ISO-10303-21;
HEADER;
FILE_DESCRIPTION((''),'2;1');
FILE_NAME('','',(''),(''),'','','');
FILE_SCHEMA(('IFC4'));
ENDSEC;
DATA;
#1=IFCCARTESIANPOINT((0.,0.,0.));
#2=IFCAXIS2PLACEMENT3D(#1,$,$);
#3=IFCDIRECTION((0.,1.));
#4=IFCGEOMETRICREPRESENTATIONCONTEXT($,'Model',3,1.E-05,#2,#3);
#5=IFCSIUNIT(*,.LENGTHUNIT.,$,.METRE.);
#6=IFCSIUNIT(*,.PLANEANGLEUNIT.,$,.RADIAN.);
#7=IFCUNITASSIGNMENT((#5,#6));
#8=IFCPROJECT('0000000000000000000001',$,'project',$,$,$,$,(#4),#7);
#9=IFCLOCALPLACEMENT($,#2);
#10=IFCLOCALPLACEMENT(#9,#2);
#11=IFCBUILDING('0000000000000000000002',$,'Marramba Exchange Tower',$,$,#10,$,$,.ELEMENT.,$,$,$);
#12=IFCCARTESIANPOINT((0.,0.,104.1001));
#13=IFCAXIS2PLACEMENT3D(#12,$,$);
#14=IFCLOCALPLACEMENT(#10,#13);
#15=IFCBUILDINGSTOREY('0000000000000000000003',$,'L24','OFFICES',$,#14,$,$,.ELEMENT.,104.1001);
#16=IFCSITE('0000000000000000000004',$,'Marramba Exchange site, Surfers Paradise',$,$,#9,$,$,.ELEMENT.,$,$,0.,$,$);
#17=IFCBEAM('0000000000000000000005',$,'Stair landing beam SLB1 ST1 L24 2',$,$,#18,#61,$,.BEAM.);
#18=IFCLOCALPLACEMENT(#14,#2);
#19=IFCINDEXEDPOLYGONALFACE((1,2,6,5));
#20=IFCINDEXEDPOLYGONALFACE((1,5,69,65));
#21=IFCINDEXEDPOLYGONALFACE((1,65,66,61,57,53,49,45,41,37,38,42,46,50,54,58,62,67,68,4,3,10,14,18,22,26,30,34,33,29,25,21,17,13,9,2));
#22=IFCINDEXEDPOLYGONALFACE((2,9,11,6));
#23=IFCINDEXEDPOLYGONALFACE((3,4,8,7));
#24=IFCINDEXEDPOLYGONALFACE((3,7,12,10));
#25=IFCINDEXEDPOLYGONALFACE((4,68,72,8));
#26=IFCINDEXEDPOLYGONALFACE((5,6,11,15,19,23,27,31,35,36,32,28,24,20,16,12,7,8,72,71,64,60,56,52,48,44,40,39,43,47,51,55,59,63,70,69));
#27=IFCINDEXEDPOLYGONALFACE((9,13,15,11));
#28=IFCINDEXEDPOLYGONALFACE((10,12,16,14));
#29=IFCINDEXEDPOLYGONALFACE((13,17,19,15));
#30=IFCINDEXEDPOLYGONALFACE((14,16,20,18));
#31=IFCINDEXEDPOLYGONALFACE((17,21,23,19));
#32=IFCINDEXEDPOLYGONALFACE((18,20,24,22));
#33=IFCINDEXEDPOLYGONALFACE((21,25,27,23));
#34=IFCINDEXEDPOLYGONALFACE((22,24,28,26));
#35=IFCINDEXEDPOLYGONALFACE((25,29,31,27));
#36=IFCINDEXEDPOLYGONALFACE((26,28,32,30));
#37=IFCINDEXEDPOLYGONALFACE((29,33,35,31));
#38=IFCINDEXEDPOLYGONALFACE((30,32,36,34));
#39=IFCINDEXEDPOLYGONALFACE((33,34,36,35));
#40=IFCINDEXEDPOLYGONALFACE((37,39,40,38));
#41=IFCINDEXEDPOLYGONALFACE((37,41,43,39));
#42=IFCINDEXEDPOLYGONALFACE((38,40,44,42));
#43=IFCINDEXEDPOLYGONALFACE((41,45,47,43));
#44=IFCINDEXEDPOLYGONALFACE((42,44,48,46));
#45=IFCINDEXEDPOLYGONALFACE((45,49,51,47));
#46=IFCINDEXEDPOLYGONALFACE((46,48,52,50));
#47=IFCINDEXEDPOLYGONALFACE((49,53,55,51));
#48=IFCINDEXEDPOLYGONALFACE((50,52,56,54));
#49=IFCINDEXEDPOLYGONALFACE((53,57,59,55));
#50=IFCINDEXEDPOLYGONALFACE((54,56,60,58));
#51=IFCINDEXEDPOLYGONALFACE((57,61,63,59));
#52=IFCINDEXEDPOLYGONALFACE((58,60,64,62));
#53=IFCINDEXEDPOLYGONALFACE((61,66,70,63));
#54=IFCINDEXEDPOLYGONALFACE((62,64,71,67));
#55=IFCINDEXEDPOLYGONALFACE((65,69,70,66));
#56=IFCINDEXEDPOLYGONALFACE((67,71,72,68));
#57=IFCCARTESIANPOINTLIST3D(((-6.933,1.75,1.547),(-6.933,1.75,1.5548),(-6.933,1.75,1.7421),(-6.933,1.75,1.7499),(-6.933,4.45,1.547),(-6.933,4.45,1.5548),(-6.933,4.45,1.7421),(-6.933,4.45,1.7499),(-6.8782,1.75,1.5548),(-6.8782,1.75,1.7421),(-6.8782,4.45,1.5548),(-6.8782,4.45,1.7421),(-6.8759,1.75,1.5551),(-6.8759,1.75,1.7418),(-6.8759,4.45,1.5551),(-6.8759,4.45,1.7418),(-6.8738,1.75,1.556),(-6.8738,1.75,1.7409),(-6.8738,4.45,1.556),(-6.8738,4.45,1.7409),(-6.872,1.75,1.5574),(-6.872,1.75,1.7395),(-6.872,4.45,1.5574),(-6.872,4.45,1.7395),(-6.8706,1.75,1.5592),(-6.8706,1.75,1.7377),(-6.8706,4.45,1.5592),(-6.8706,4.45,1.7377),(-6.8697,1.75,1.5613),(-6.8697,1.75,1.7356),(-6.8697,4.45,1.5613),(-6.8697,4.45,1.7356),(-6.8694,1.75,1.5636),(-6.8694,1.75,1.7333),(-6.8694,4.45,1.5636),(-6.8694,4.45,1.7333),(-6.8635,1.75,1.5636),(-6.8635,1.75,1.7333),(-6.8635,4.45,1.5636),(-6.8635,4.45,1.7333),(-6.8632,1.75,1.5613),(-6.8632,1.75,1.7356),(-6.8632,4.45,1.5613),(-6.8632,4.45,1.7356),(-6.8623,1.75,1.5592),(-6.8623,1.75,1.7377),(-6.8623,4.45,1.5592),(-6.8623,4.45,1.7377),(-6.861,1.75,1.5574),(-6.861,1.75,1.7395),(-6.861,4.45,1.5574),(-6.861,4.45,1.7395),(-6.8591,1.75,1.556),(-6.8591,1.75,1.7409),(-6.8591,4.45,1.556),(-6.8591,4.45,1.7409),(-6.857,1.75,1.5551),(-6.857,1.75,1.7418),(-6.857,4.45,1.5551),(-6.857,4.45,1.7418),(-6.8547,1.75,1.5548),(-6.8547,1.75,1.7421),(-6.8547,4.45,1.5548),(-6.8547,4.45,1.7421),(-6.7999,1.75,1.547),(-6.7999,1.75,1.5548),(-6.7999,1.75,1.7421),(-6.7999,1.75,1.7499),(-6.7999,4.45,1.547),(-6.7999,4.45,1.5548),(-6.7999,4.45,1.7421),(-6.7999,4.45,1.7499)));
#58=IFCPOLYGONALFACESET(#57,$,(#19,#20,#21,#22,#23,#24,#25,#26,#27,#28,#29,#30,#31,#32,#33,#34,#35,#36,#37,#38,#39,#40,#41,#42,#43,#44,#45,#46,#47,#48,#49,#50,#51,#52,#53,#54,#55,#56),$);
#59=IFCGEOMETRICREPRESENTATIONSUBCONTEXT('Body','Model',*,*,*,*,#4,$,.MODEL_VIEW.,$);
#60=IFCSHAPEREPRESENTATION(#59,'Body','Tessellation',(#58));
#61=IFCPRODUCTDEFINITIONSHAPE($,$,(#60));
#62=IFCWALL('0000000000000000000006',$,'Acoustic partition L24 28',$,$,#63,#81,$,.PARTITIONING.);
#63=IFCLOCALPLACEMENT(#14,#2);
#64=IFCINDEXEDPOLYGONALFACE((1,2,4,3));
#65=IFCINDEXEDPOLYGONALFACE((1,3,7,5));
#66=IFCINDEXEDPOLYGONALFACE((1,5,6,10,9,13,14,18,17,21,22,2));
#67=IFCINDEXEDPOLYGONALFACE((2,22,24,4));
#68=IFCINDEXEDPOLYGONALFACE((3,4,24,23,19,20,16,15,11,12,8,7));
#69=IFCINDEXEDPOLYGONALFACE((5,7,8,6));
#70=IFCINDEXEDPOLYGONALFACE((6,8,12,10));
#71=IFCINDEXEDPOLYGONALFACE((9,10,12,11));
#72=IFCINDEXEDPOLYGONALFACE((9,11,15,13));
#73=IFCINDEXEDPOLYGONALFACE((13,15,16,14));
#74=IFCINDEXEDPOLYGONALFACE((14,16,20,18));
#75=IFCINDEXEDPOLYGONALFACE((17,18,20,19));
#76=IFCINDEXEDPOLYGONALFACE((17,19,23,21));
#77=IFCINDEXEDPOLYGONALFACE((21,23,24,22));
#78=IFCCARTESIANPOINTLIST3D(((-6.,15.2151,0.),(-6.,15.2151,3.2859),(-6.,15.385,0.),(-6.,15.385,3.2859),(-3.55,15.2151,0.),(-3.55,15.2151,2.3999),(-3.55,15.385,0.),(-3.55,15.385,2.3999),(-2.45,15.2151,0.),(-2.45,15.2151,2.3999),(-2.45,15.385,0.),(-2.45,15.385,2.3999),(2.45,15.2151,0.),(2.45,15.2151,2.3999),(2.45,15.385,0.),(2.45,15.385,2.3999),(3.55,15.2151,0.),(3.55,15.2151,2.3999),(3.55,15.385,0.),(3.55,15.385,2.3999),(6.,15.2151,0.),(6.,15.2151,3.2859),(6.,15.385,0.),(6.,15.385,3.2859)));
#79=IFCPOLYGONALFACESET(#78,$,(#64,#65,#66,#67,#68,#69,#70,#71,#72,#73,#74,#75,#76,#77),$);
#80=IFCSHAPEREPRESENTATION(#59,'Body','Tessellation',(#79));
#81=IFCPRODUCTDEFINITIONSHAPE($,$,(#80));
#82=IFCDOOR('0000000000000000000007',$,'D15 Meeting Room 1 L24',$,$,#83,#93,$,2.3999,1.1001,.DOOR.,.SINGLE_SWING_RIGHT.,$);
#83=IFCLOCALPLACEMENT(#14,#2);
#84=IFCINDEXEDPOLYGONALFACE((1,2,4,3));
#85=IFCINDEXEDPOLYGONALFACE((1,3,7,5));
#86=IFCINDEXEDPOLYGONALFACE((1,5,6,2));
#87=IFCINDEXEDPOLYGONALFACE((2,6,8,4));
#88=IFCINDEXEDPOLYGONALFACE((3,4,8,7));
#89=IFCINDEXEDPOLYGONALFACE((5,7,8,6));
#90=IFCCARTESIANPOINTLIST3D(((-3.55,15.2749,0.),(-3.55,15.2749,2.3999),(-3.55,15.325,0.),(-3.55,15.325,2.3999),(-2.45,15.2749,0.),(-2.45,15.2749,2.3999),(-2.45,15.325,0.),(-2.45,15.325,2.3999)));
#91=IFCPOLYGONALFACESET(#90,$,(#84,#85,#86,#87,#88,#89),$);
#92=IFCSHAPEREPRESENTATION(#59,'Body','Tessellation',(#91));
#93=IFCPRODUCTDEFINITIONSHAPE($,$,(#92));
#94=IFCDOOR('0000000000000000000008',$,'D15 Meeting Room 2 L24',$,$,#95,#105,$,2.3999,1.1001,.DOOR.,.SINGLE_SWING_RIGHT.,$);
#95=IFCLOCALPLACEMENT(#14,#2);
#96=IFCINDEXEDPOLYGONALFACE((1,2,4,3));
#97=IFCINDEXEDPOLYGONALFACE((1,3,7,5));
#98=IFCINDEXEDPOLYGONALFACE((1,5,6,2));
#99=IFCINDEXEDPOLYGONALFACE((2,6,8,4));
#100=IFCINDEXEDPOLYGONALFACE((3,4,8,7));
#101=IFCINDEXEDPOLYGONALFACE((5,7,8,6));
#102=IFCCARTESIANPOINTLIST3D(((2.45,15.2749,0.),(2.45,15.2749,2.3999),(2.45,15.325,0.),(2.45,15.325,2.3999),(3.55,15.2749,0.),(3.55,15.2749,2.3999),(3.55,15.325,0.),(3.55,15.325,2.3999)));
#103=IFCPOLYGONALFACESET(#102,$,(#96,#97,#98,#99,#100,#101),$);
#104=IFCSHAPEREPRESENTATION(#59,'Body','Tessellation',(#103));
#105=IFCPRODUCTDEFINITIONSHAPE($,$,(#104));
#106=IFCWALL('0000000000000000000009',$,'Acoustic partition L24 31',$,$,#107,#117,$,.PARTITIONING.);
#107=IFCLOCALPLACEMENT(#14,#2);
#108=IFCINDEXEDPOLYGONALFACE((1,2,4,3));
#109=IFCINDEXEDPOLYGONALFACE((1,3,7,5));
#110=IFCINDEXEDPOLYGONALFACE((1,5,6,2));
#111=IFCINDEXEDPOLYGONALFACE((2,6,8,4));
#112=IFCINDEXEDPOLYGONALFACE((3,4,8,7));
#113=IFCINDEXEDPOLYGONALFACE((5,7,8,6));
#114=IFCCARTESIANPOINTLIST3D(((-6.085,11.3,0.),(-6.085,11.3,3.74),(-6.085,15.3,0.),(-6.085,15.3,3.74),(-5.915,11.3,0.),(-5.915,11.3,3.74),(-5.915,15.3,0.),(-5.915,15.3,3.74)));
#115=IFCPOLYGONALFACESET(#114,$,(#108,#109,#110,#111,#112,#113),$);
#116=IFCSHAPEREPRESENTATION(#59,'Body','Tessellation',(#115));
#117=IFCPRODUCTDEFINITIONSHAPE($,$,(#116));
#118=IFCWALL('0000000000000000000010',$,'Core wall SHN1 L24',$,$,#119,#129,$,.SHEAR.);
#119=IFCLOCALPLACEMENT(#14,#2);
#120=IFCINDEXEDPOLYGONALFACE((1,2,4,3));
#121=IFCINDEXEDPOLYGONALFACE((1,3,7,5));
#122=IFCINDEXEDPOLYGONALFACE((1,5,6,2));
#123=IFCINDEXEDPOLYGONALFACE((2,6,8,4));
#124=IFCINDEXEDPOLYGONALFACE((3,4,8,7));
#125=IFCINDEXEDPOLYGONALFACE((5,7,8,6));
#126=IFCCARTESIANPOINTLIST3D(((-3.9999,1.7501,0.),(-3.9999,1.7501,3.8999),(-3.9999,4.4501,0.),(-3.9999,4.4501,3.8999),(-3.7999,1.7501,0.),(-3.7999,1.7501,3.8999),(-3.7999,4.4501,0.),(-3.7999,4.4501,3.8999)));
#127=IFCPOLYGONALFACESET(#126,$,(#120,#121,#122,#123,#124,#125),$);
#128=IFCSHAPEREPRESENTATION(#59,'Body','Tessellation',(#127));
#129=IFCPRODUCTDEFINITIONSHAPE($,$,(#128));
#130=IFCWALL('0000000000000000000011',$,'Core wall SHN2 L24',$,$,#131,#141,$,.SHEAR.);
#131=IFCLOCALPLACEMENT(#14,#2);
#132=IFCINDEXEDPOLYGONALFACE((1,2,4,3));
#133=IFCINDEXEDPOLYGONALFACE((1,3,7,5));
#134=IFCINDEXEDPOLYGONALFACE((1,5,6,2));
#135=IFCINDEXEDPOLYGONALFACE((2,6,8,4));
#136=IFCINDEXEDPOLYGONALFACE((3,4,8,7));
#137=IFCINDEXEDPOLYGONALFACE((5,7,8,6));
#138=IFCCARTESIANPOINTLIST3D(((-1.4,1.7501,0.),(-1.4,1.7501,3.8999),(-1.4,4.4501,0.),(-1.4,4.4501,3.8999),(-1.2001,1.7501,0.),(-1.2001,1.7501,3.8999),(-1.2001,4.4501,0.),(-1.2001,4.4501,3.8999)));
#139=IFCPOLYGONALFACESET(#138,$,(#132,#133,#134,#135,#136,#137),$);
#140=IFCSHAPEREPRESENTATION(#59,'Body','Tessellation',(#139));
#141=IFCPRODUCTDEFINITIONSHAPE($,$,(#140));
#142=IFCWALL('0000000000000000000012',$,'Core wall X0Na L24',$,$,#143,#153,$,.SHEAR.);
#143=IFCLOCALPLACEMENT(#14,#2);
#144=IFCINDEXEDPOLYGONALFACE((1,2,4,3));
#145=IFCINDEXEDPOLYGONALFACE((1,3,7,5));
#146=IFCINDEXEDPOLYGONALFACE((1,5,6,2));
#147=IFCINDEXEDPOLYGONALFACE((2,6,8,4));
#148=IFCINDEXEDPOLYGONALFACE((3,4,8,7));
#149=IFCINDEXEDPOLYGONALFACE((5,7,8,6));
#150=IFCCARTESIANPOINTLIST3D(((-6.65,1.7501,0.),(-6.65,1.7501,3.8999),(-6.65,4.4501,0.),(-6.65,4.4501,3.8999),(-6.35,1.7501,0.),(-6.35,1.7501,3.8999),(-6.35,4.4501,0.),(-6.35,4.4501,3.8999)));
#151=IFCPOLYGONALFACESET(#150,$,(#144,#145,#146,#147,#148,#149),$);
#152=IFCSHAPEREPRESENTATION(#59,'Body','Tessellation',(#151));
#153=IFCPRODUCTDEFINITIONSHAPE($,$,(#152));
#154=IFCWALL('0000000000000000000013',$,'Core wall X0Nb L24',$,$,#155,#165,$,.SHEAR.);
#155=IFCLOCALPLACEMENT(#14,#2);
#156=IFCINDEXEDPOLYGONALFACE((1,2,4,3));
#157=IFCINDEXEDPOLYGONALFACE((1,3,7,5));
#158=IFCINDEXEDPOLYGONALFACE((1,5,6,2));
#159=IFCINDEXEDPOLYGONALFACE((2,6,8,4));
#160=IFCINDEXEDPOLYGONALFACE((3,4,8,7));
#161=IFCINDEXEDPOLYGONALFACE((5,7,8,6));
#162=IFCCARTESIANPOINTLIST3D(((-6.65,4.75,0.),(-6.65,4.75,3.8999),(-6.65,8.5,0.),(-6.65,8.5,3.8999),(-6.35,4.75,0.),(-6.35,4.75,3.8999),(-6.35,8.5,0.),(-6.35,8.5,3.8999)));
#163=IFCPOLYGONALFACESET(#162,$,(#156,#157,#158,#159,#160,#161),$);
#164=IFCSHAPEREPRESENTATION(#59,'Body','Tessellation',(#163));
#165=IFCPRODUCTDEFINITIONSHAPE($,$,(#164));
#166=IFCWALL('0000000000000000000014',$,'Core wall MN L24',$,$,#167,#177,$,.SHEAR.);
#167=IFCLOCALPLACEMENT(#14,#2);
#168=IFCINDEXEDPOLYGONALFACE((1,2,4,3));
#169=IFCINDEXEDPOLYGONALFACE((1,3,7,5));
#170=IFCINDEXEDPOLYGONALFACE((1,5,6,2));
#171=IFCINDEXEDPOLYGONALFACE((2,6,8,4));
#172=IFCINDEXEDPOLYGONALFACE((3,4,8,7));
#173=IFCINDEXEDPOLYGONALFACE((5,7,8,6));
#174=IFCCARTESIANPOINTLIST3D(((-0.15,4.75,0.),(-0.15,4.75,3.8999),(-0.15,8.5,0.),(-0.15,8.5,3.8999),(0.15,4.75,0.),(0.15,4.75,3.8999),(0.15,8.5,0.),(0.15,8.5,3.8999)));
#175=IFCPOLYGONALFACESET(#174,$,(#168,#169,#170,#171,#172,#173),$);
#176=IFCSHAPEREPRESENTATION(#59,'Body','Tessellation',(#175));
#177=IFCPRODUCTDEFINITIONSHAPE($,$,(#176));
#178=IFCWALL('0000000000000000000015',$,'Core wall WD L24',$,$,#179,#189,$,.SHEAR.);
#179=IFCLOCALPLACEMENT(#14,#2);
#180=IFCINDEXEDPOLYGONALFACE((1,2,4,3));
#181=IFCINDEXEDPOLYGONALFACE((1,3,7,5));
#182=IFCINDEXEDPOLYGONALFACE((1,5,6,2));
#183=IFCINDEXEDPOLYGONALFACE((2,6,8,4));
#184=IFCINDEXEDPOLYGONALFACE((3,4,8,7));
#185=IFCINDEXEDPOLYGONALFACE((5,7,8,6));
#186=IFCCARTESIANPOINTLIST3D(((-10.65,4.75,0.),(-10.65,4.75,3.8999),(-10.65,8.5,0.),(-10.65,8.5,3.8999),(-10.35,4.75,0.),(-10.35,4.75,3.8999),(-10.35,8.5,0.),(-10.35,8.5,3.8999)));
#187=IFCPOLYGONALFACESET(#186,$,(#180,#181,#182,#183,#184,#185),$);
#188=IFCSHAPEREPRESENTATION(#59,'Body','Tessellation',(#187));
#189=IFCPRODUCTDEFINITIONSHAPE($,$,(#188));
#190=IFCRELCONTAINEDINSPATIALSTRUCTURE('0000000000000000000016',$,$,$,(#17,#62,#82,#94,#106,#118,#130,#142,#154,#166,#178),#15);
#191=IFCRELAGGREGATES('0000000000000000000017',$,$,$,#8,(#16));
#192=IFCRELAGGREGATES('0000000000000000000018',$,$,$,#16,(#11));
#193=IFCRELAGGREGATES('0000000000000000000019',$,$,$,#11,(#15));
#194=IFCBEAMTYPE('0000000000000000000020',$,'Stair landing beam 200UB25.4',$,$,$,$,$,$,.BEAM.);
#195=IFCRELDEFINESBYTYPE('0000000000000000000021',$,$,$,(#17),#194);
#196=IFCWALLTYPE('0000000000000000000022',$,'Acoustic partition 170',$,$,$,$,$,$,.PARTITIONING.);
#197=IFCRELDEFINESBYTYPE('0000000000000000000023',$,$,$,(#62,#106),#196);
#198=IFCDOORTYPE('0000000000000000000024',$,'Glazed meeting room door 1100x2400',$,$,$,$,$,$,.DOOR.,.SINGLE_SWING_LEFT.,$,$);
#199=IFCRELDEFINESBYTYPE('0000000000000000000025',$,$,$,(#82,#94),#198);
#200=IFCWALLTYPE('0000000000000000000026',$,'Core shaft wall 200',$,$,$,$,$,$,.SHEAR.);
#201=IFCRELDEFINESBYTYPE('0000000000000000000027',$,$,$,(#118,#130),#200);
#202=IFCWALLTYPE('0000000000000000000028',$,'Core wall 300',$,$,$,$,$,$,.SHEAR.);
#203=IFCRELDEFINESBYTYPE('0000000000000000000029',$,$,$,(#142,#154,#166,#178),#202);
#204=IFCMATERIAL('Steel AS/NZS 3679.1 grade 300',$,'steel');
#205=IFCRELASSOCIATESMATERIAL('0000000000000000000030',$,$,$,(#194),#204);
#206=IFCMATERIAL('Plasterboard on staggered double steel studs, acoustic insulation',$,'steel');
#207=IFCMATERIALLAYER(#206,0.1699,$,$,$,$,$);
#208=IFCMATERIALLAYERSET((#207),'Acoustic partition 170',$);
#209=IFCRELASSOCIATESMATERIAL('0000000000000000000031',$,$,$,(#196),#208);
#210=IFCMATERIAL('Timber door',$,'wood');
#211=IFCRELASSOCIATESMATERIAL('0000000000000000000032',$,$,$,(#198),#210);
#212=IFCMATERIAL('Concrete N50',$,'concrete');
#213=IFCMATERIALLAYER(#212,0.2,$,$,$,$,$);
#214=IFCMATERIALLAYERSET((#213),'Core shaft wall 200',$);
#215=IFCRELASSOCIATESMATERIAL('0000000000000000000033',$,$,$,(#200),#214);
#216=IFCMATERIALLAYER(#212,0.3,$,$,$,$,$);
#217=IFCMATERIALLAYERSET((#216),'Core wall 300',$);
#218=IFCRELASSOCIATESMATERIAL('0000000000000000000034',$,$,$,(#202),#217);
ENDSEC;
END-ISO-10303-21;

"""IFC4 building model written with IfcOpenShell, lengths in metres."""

from ifc_helpers import new_model, si_unit, direction, frame, frame_2d, origin, origin_2d, place, context, subcontext, project, spatial, rectangle, i_section, extrude, material, layer, layer_set, material_profile, profile_set, type_object, element, fill, save


model = new_model("IFC4")

# Units and contexts
model_context = context("Model", 3, precision=1e-05, world=origin(), true_north=direction((0.0, 1.0)))
body_context = subcontext(model_context, "Body", "Model", "MODEL_VIEW")
ifc_project = project(units=[si_unit("LENGTHUNIT", "METRE"), si_unit("PLANEANGLEUNIT", "RADIAN")], contexts=[model_context])

# Site, building, storey
site_placement = place(None, origin())
site = spatial("IfcSite", under=ifc_project, at=site_placement, Name="Marramba Exchange site, Surfers Paradise", CompositionType="ELEMENT", RefElevation=0.0)
building_placement = place(site_placement, origin())
building = spatial("IfcBuilding", under=site, at=building_placement, Name="Marramba Exchange Tower", CompositionType="ELEMENT")
storey_placement = place(building_placement, frame((0.0, 0.0, 104.1001)))
storey = spatial("IfcBuildingStorey", under=building, at=storey_placement, Name="L24", Description="OFFICES", CompositionType="ELEMENT", Elevation=104.1001)

# Beam
ifc_material_1 = material(Name="Steel AS/NZS 3679.1 grade 300", Category="steel")
ifc_material_profile_1 = material_profile(ifc_material_1, i_section(OverallWidth=0.1331, OverallDepth=0.2029, WebThickness=0.0059, FlangeThickness=0.0078, FilletRadius=0.0088, at=origin_2d()), Name="200UB25.4")
ifc_profile_set_1 = profile_set([ifc_material_profile_1], Name="Steel AS/NZS 3679.1 grade 300")
beam_type_1 = type_object("IfcBeamType", Name="Stair landing beam 200UB25.4", PredefinedType="BEAM", material=ifc_profile_set_1)
for number, where, z_axis, x_axis, name in (
    (1, (-6.8665, 1.75, 1.6484), (0.0, 1.0, 0.0), (-1.0, 0.0, 0.0), "Stair landing beam SLB1 ST1 L24 2"),
):
    element("IfcBeam", number, at=place(storey_placement, frame(where, z_axis=z_axis, x_axis=x_axis)), inside=storey, type_object=beam_type_1, Name=name, PredefinedType="BEAM", context=body_context, shape_type="SweptSolid", body=[
        extrude(i_section(OverallWidth=0.1331, OverallDepth=0.2029, WebThickness=0.0059, FlangeThickness=0.0078, FilletRadius=0.0088, at=origin_2d()), origin(), (0.0, 0.0, 1.0), 2.7),
    ])

# Wall, openings, doors
ifc_material_2 = material(Name="Plasterboard on staggered double steel studs, acoustic insulation", Category="steel")
ifc_layer_1 = layer(ifc_material_2, 0.1699)
ifc_layer_set_1 = layer_set([ifc_layer_1], Name="Acoustic partition 170")
wall_type_1 = type_object("IfcWallType", Name="Acoustic partition 170", PredefinedType="PARTITIONING", material=ifc_layer_set_1)
wall_1_placement = place(storey_placement, frame((-6.0, 15.3, 0.0), z_axis=(0.0, 0.0, 1.0), x_axis=(1.0, 0.0, 0.0)))
wall_1 = element("IfcWall", 2, at=wall_1_placement, inside=storey, type_object=wall_type_1, Name="Acoustic partition L24 28", PredefinedType="PARTITIONING", context=body_context, shape_type="SweptSolid", body=[
    extrude(rectangle(XDim=12.0, YDim=0.1699, at=frame_2d((6.0, 0.0))), origin(), (0.0, 0.0, 1.0), 3.2859),
])
opening_1_placement = place(wall_1_placement, frame((2.45, 0.0, 0.0)))
opening_1 = element("IfcOpeningElement", 3, at=opening_1_placement, cuts=wall_1, PredefinedType="OPENING", context=body_context, shape_type="SweptSolid", body=[
    extrude(rectangle(XDim=1.1001, YDim=2.3999, at=frame_2d((0.55, 1.2))), frame((0.0, 0.095, 0.0), z_axis=(0.0, -1.0, 0.0), x_axis=(1.0, 0.0, 0.0)), (0.0, 0.0, 1.0), 0.1899),
])
opening_2_placement = place(wall_1_placement, frame((8.45, 0.0, 0.0)))
opening_2 = element("IfcOpeningElement", 4, at=opening_2_placement, cuts=wall_1, PredefinedType="OPENING", context=body_context, shape_type="SweptSolid", body=[
    extrude(rectangle(XDim=1.1001, YDim=2.3999, at=frame_2d((0.55, 1.2))), frame((0.0, 0.095, 0.0), z_axis=(0.0, -1.0, 0.0), x_axis=(1.0, 0.0, 0.0)), (0.0, 0.0, 1.0), 0.1899),
])
ifc_material_3 = material(Name="Timber door", Category="wood")
door_type_1 = type_object("IfcDoorType", Name="Glazed meeting room door 1100x2400", OperationType="SINGLE_SWING_LEFT", PredefinedType="DOOR", material=ifc_material_3)
door_1_placement = place(opening_1_placement, frame((1.1001, 0.0, 0.0), z_axis=(0.0, 0.0, 1.0), x_axis=(-1.0, 0.0, 0.0)))
door_1 = element("IfcDoor", 5, at=door_1_placement, inside=storey, type_object=door_type_1, Name="D15 Meeting Room 1 L24", OperationType="SINGLE_SWING_RIGHT", OverallHeight=2.3999, OverallWidth=1.1001, PredefinedType="DOOR", context=body_context, shape_type="SweptSolid", body=[
    extrude(rectangle(XDim=1.1001, YDim=2.3999, at=frame_2d((0.55, 1.2))), frame((0.0, 0.0251, 0.0), z_axis=(0.0, -1.0, 0.0), x_axis=(1.0, 0.0, 0.0)), (0.0, 0.0, 1.0), 0.05),
])
fill(opening_1, door_1)
door_2_placement = place(opening_2_placement, frame((1.1001, 0.0, 0.0), z_axis=(0.0, 0.0, 1.0), x_axis=(-1.0, 0.0, 0.0)))
door_2 = element("IfcDoor", 6, at=door_2_placement, inside=storey, type_object=door_type_1, Name="D15 Meeting Room 2 L24", OperationType="SINGLE_SWING_RIGHT", OverallHeight=2.3999, OverallWidth=1.1001, PredefinedType="DOOR", context=body_context, shape_type="SweptSolid", body=[
    extrude(rectangle(XDim=1.1001, YDim=2.3999, at=frame_2d((0.55, 1.2))), frame((0.0, 0.0251, 0.0), z_axis=(0.0, -1.0, 0.0), x_axis=(1.0, 0.0, 0.0)), (0.0, 0.0, 1.0), 0.05),
])
fill(opening_2, door_2)

# Walls
wall_2_placement = place(storey_placement, frame((-6.0, 11.3, 0.0), z_axis=(0.0, 0.0, 1.0), x_axis=(0.0, 1.0, 0.0)))
element("IfcWall", 7, at=wall_2_placement, inside=storey, type_object=wall_type_1, Name="Acoustic partition L24 31", PredefinedType="PARTITIONING", context=body_context, shape_type="SweptSolid", body=[
    extrude(rectangle(XDim=4.0, YDim=0.1699, at=frame_2d((2.0, 0.0))), origin(), (0.0, 0.0, 1.0), 3.74),
])
ifc_material_4 = material(Name="Concrete N50", Category="concrete")
ifc_layer_2 = layer(ifc_material_4, 0.2)
ifc_layer_set_2 = layer_set([ifc_layer_2], Name="Core shaft wall 200")
wall_type_2 = type_object("IfcWallType", Name="Core shaft wall 200", PredefinedType="SHEAR", material=ifc_layer_set_2)
for number, where, z_axis, x_axis, name in (
    (8, (-3.8999, 1.75, 0.0), (0.0, 0.0, 1.0), (0.0, 1.0, 0.0), "Core wall SHN1 L24"),
    (9, (-1.3, 1.75, 0.0), (0.0, 0.0, 1.0), (0.0, 1.0, 0.0), "Core wall SHN2 L24"),
):
    element("IfcWall", number, at=place(storey_placement, frame(where, z_axis=z_axis, x_axis=x_axis)), inside=storey, type_object=wall_type_2, Name=name, PredefinedType="SHEAR", context=body_context, shape_type="SweptSolid", body=[
        extrude(rectangle(XDim=2.7, YDim=0.2, at=frame_2d((1.3501, 0.0))), origin(), (0.0, 0.0, 1.0), 3.8999),
    ])
ifc_layer_3 = layer(ifc_material_4, 0.3)
ifc_layer_set_3 = layer_set([ifc_layer_3], Name="Core wall 300")
wall_type_3 = type_object("IfcWallType", Name="Core wall 300", PredefinedType="SHEAR", material=ifc_layer_set_3)
wall_3_placement = place(storey_placement, frame((-6.5, 1.75, 0.0), z_axis=(0.0, 0.0, 1.0), x_axis=(0.0, 1.0, 0.0)))
element("IfcWall", 10, at=wall_3_placement, inside=storey, type_object=wall_type_3, Name="Core wall X0Na L24", PredefinedType="SHEAR", context=body_context, shape_type="SweptSolid", body=[
    extrude(rectangle(XDim=2.7, YDim=0.3, at=frame_2d((1.3501, 0.0))), origin(), (0.0, 0.0, 1.0), 3.8999),
])
for number, where, z_axis, x_axis, name in (
    (11, (-6.5, 4.75, 0.0), (0.0, 0.0, 1.0), (0.0, 1.0, 0.0), "Core wall X0Nb L24"),
    (12, (0.0, 4.75, 0.0), (0.0, 0.0, 1.0), (0.0, 1.0, 0.0), "Core wall MN L24"),
    (13, (-10.5, 4.75, 0.0), (0.0, 0.0, 1.0), (0.0, 1.0, 0.0), "Core wall WD L24"),
):
    element("IfcWall", number, at=place(storey_placement, frame(where, z_axis=z_axis, x_axis=x_axis)), inside=storey, type_object=wall_type_3, Name=name, PredefinedType="SHEAR", context=body_context, shape_type="SweptSolid", body=[
        extrude(rectangle(XDim=3.75, YDim=0.3, at=frame_2d((1.875, 0.0))), origin(), (0.0, 0.0, 1.0), 3.8999),
    ])

save(model, "model.ifc")
